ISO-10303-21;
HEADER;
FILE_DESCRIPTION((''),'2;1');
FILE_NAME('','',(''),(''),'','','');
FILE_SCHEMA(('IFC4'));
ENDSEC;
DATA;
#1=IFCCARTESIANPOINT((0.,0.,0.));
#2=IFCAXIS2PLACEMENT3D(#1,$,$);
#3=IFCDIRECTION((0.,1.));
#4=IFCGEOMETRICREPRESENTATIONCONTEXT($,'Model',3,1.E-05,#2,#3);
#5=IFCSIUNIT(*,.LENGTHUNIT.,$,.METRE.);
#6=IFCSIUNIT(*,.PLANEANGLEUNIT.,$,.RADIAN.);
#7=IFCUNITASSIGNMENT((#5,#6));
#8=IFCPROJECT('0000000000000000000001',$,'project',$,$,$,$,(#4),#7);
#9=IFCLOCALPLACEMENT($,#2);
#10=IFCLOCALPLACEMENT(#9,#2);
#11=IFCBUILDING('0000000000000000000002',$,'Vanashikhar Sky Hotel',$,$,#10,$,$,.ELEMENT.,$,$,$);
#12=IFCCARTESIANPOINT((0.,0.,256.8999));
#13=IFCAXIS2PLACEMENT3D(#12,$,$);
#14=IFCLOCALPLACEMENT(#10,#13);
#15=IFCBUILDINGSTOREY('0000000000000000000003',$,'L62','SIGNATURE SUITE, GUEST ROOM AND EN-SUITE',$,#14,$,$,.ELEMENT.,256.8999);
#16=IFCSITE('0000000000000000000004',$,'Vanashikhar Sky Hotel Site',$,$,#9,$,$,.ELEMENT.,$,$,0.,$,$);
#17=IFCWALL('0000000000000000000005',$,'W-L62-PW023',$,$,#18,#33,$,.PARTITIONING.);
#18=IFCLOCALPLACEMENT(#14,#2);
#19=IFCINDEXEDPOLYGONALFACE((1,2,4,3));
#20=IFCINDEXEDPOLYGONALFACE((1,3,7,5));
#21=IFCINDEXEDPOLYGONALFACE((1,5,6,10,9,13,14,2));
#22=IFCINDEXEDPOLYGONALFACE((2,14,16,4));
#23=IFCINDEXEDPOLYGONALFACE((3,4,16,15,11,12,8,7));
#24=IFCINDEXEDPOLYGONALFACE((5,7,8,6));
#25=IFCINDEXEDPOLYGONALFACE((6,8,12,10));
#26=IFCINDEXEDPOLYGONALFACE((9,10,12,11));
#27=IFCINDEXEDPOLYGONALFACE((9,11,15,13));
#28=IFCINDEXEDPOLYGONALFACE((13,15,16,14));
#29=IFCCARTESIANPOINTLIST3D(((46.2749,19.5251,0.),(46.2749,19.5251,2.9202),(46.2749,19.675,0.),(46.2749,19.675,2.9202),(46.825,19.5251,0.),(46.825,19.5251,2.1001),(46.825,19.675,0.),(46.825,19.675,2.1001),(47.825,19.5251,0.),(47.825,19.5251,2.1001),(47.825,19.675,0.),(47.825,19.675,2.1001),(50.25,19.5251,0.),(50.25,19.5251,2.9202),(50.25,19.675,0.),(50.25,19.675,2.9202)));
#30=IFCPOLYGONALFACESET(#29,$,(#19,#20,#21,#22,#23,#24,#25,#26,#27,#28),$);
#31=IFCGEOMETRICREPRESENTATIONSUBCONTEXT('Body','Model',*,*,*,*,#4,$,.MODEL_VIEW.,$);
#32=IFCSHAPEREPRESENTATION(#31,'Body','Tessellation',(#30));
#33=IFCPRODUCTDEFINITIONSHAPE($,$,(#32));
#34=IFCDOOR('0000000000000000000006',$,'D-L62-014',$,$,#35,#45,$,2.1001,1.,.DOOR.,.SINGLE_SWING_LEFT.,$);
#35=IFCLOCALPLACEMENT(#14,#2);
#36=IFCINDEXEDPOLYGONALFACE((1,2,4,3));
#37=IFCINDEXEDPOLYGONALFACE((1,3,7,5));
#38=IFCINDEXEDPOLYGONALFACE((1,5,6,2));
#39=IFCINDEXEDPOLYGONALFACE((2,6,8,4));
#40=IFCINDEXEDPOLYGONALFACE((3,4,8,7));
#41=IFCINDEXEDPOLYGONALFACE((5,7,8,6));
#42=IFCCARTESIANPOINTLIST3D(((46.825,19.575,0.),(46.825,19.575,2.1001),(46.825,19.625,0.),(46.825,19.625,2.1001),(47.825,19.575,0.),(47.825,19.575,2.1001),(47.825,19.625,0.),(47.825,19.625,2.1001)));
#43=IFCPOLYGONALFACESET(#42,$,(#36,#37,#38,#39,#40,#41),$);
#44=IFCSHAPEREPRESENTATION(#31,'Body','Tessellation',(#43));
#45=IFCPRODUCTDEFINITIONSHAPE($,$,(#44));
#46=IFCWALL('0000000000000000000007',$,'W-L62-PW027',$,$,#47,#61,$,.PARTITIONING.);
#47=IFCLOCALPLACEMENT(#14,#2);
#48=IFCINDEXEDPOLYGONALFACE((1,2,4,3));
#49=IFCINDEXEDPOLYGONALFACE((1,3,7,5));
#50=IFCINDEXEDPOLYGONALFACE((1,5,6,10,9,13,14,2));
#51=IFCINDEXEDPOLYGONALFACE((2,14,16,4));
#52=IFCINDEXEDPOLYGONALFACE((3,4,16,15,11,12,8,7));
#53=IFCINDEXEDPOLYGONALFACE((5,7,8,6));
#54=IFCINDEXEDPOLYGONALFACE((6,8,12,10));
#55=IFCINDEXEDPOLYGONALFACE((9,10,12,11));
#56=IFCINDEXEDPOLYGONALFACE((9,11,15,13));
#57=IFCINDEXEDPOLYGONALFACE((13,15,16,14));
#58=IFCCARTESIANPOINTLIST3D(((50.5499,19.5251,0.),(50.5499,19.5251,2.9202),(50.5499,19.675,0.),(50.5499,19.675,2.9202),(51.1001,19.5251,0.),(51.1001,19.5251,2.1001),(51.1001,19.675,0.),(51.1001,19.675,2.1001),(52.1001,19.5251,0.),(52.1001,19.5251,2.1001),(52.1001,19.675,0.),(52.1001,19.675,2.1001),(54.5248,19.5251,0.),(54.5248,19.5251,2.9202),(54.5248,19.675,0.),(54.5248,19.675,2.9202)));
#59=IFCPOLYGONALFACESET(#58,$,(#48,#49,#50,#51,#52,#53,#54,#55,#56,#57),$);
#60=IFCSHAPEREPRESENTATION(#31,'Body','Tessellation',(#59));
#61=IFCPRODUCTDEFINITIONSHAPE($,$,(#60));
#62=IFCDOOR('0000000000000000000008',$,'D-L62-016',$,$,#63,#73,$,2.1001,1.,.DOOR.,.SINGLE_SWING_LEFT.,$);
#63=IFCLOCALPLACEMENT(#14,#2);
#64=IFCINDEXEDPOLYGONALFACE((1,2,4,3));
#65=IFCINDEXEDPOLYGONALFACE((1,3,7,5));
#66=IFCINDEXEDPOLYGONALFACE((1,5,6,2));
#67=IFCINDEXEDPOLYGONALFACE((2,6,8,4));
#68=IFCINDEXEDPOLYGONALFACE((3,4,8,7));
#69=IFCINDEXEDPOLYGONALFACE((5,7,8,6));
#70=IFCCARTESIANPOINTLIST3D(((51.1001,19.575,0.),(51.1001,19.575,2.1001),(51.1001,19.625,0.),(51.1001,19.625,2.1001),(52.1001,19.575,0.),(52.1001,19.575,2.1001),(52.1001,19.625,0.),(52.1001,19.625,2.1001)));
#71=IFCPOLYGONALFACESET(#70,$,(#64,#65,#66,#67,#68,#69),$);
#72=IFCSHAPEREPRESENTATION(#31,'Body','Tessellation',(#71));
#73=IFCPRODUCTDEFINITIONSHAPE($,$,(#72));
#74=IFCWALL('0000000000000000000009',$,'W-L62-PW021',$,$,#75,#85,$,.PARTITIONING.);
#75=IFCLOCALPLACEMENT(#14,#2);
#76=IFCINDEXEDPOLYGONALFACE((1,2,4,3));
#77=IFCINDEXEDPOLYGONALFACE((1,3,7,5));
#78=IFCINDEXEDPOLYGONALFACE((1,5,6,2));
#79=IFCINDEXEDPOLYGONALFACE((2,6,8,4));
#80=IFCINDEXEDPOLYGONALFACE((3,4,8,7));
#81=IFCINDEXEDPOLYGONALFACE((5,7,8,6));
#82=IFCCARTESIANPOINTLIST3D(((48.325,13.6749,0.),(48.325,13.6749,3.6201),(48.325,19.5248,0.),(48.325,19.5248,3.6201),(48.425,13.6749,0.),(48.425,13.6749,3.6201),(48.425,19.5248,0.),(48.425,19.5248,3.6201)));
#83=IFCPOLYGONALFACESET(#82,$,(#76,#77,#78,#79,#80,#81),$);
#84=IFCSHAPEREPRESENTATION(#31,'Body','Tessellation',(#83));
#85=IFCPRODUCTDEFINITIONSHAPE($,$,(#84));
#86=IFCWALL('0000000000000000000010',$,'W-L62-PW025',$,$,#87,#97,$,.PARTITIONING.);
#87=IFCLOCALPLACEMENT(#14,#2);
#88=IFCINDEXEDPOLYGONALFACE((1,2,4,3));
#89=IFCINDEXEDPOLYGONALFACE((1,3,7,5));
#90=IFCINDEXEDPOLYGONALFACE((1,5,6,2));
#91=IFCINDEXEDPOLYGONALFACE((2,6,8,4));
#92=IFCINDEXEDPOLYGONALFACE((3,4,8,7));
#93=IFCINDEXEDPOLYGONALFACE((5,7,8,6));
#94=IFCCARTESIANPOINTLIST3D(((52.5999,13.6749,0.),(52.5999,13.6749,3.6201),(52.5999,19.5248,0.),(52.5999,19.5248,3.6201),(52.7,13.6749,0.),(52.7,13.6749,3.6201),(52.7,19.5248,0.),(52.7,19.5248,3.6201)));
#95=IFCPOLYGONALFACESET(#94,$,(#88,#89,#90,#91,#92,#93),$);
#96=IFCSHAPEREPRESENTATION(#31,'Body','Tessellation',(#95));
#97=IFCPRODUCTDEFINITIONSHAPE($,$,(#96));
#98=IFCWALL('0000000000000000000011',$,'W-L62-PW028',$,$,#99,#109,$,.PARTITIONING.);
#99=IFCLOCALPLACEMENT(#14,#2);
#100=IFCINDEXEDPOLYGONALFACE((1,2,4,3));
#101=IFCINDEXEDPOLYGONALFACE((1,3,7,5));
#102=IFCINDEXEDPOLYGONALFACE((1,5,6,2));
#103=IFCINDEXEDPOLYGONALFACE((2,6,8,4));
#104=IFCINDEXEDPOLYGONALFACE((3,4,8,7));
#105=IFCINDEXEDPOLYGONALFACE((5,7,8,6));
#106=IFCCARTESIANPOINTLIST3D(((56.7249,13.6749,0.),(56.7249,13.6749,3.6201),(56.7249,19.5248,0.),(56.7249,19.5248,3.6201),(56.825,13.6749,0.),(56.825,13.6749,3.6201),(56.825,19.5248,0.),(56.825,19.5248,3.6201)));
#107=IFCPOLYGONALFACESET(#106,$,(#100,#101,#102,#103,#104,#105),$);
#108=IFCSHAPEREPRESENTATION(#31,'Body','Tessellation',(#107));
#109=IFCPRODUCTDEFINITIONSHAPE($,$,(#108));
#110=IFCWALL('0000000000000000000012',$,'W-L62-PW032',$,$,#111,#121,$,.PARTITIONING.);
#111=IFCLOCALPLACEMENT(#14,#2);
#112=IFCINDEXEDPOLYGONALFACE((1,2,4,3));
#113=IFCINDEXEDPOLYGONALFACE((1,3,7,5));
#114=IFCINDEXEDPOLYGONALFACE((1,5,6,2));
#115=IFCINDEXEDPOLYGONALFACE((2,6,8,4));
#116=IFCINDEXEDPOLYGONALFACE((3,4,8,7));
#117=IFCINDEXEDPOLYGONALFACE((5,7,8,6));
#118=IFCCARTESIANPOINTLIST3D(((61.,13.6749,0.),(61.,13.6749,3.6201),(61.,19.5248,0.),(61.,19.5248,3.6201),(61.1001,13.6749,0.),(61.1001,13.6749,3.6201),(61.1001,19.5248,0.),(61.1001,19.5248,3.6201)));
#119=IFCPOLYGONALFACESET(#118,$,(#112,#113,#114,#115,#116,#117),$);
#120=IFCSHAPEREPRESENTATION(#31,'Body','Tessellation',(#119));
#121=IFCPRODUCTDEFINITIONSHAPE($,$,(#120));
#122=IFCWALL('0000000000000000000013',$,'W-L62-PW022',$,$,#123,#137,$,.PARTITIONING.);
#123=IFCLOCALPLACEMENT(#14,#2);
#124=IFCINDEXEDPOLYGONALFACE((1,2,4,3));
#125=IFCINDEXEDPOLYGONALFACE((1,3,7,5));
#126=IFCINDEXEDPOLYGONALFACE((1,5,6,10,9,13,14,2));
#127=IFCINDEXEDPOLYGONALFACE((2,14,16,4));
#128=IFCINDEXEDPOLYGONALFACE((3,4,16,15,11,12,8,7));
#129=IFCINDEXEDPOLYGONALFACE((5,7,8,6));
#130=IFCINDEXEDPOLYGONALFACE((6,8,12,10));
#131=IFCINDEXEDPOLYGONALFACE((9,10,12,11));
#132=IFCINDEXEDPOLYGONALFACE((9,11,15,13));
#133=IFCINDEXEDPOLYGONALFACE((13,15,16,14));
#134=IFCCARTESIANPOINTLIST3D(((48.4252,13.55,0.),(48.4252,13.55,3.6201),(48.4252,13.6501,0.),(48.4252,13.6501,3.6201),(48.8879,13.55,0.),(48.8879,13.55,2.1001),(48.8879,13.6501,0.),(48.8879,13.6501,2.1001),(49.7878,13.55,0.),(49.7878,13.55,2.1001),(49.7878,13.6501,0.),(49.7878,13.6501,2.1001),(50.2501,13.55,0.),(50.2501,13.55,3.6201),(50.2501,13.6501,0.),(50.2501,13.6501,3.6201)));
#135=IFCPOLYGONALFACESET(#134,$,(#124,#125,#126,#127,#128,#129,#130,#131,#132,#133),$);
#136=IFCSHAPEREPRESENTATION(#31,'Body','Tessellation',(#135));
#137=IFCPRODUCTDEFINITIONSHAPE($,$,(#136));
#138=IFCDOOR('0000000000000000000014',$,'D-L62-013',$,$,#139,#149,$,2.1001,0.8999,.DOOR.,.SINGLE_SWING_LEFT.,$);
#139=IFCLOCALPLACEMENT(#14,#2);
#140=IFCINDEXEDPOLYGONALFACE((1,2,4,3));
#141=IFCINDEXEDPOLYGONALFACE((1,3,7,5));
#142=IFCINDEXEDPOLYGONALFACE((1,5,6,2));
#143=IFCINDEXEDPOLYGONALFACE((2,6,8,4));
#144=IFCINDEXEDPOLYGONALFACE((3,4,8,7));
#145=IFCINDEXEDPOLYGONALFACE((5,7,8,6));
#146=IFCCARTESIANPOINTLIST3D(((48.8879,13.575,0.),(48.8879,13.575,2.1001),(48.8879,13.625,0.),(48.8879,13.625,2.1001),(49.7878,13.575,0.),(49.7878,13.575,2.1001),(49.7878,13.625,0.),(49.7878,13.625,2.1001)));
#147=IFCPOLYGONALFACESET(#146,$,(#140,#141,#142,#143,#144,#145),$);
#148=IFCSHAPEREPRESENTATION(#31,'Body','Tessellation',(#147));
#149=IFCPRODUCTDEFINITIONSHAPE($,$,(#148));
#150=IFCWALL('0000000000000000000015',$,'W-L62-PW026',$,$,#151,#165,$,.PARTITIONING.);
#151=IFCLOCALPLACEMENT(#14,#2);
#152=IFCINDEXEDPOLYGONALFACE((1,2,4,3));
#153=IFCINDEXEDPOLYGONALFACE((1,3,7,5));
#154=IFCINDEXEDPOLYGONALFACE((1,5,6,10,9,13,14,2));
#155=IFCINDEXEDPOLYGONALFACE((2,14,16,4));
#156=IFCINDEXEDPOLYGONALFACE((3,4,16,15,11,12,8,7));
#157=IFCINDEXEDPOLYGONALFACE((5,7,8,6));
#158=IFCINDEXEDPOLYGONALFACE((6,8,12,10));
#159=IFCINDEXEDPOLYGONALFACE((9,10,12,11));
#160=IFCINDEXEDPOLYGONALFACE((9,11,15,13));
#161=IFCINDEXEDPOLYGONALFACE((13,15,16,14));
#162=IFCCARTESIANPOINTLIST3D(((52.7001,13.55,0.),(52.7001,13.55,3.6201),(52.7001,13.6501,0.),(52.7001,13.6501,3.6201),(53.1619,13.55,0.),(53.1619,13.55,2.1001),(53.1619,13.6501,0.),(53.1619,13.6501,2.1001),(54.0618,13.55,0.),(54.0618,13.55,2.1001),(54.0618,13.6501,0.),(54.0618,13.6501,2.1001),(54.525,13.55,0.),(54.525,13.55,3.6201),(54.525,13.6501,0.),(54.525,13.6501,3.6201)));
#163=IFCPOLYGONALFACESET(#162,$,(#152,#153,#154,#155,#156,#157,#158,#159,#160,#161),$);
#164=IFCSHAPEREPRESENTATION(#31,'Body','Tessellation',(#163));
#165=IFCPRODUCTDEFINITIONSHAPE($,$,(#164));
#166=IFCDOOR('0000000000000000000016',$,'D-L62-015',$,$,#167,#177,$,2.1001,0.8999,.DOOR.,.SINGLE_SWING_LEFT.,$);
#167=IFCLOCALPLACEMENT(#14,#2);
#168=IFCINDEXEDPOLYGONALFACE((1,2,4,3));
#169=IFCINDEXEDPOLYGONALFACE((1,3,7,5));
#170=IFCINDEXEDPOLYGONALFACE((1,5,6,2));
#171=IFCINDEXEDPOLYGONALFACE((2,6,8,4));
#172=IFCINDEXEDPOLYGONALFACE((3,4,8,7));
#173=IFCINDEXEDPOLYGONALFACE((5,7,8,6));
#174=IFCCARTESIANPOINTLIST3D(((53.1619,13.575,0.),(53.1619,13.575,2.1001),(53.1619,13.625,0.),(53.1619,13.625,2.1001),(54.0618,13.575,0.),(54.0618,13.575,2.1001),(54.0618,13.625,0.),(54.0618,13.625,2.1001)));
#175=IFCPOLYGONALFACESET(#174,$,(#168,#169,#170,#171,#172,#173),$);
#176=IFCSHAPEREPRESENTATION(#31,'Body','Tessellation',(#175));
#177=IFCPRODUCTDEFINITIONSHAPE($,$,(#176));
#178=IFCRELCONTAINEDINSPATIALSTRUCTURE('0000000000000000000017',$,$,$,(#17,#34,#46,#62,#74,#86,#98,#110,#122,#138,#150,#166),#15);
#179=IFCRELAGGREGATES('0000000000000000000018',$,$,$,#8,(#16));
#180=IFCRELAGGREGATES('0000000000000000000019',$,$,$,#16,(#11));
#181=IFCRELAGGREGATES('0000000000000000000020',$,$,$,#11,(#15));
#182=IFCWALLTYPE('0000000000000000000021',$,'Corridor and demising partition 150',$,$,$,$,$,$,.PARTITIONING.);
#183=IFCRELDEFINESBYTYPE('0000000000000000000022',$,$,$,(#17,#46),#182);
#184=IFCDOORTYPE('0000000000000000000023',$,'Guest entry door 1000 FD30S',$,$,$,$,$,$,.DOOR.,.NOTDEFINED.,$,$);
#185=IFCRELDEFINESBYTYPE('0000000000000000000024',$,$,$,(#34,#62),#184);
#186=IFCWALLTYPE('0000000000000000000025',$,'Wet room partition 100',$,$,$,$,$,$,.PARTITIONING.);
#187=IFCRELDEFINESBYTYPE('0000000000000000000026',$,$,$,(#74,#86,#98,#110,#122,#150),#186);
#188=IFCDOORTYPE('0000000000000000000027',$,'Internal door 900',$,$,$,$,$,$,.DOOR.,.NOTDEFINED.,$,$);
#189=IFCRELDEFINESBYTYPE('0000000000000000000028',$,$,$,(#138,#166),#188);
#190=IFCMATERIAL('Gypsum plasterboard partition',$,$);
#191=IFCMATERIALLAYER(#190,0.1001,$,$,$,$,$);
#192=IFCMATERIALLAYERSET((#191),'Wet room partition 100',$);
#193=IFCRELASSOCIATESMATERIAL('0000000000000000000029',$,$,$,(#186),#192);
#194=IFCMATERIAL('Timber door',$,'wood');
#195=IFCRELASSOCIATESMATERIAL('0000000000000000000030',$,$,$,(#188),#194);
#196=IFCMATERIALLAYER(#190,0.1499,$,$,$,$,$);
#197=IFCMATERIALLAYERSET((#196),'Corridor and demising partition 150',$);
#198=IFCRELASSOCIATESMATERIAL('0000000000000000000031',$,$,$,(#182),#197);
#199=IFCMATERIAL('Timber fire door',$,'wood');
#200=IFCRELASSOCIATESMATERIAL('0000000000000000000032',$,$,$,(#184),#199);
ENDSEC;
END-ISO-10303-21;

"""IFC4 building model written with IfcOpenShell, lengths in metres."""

from ifc_helpers import new_model, si_unit, direction, frame, frame_2d, origin, place, context, subcontext, project, spatial, rectangle, extrude, source, transform, mapped, material, layer, layer_set, type_object, element, fill, save


model = new_model("IFC4")

# Units and contexts
model_context = context("Model", 3, precision=1e-05, world=origin(), true_north=direction((0.0, 1.0)))
body_context = subcontext(model_context, "Body", "Model", "MODEL_VIEW")
ifc_project = project(units=[si_unit("LENGTHUNIT", "METRE"), si_unit("PLANEANGLEUNIT", "RADIAN")], contexts=[model_context])

# Site, building, storey
site_placement = place(None, origin())
site = spatial("IfcSite", under=ifc_project, at=site_placement, Name="Vanashikhar Sky Hotel Site", CompositionType="ELEMENT", RefElevation=0.0)
building_placement = place(site_placement, origin())
building = spatial("IfcBuilding", under=site, at=building_placement, Name="Vanashikhar Sky Hotel", CompositionType="ELEMENT")
storey_placement = place(building_placement, frame((0.0, 0.0, 256.8999)))
storey = spatial("IfcBuildingStorey", under=building, at=storey_placement, Name="L62", Description="SIGNATURE SUITE, GUEST ROOM AND EN-SUITE", CompositionType="ELEMENT", Elevation=256.8999)

# Walls, openings, doors
ifc_material_1 = material(Name="Gypsum plasterboard partition")
ifc_layer_1 = layer(ifc_material_1, 0.1001)
ifc_layer_set_1 = layer_set([ifc_layer_1], Name="Wet room partition 100")
wall_type_1 = type_object("IfcWallType", Name="Wet room partition 100", PredefinedType="PARTITIONING", material=ifc_layer_set_1)
shared_shape_1 = source(origin(), body_context, "Body", "SweptSolid", [
    extrude(rectangle(XDim=0.8999, YDim=2.1001, at=frame_2d((0.45, 1.05))), frame((0.0, 0.0601, 0.0), z_axis=(0.0, -1.0, 0.0), x_axis=(1.0, 0.0, 0.0)), (0.0, 0.0, 1.0), 0.1201),
])
ifc_material_2 = material(Name="Timber door", Category="wood")
door_type_1 = type_object("IfcDoorType", Name="Internal door 900", OperationType="NOTDEFINED", PredefinedType="DOOR", material=ifc_material_2)
shared_shape_2 = source(origin(), body_context, "Body", "SweptSolid", [
    extrude(rectangle(XDim=0.8999, YDim=2.1001, at=frame_2d((0.45, 1.05))), frame((0.0, 0.0249, 0.0), z_axis=(0.0, -1.0, 0.0), x_axis=(1.0, 0.0, 0.0)), (0.0, 0.0, 1.0), 0.05),
])
ifc_layer_2 = layer(ifc_material_1, 0.1499)
ifc_layer_set_2 = layer_set([ifc_layer_2], Name="Corridor and demising partition 150")
wall_type_2 = type_object("IfcWallType", Name="Corridor and demising partition 150", PredefinedType="PARTITIONING", material=ifc_layer_set_2)
shared_shape_3 = source(origin(), body_context, "Body", "SweptSolid", [
    extrude(rectangle(XDim=3.9751, YDim=0.1499, at=frame_2d((1.9875, 0.0))), origin(), (0.0, 0.0, 1.0), 2.9202),
])
wall_1_placement = place(storey_placement, frame((46.2749, 19.6001, 0.0), z_axis=(0.0, 0.0, 1.0), x_axis=(1.0, 0.0, 0.0)))
wall_1 = element("IfcWall", 1, at=wall_1_placement, inside=storey, type_object=wall_type_2, Name="W-L62-PW023", PredefinedType="PARTITIONING", context=body_context, shape_type="MappedRepresentation", body=[
    mapped(shared_shape_3, transform((0.0, 0.0, 0.0), scale=1.0)),
])
shared_shape_4 = source(origin(), body_context, "Body", "SweptSolid", [
    extrude(rectangle(XDim=1.0, YDim=2.1001, at=frame_2d((0.5, 1.05))), frame((0.0, 0.085, 0.0), z_axis=(0.0, -1.0, 0.0), x_axis=(1.0, 0.0, 0.0)), (0.0, 0.0, 1.0), 0.1699),
])
opening_1_placement = place(wall_1_placement, frame((0.55, 0.0, 0.0)))
opening_1 = element("IfcOpeningElement", 2, at=opening_1_placement, cuts=wall_1, PredefinedType="OPENING", context=body_context, shape_type="MappedRepresentation", body=[
    mapped(shared_shape_4, transform((0.0, 0.0, 0.0), scale=1.0)),
])
ifc_material_3 = material(Name="Timber fire door", Category="wood")
door_type_2 = type_object("IfcDoorType", Name="Guest entry door 1000 FD30S", OperationType="NOTDEFINED", PredefinedType="DOOR", material=ifc_material_3)
shared_shape_5 = source(origin(), body_context, "Body", "SweptSolid", [
    extrude(rectangle(XDim=1.0, YDim=2.1001, at=frame_2d((0.5, 1.05))), frame((0.0, 0.0249, 0.0), z_axis=(0.0, -1.0, 0.0), x_axis=(1.0, 0.0, 0.0)), (0.0, 0.0, 1.0), 0.05),
])
door_1_placement = place(opening_1_placement, origin())
door_1 = element("IfcDoor", 3, at=door_1_placement, inside=storey, type_object=door_type_2, Name="D-L62-014", OperationType="SINGLE_SWING_LEFT", OverallHeight=2.1001, OverallWidth=1.0, PredefinedType="DOOR", context=body_context, shape_type="MappedRepresentation", body=[
    mapped(shared_shape_5, transform((0.0, 0.0, 0.0), scale=1.0)),
])
fill(opening_1, door_1)
shared_shape_6 = source(origin(), body_context, "Body", "SweptSolid", [
    extrude(rectangle(XDim=3.9749, YDim=0.1499, at=frame_2d((1.9873, 0.0))), origin(), (0.0, 0.0, 1.0), 2.9202),
])
wall_2_placement = place(storey_placement, frame((50.55, 19.6001, 0.0), z_axis=(0.0, 0.0, 1.0), x_axis=(1.0, 0.0, 0.0)))
wall_2 = element("IfcWall", 4, at=wall_2_placement, inside=storey, type_object=wall_type_2, Name="W-L62-PW027", PredefinedType="PARTITIONING", context=body_context, shape_type="MappedRepresentation", body=[
    mapped(shared_shape_6, transform((0.0, 0.0, 0.0), scale=1.0)),
])
opening_2_placement = place(wall_2_placement, frame((0.55, 0.0, 0.0)))
opening_2 = element("IfcOpeningElement", 5, at=opening_2_placement, cuts=wall_2, PredefinedType="OPENING", context=body_context, shape_type="MappedRepresentation", body=[
    mapped(shared_shape_4, transform((0.0, 0.0, 0.0), scale=1.0)),
])
door_2_placement = place(opening_2_placement, origin())
door_2 = element("IfcDoor", 6, at=door_2_placement, inside=storey, type_object=door_type_2, Name="D-L62-016", OperationType="SINGLE_SWING_LEFT", OverallHeight=2.1001, OverallWidth=1.0, PredefinedType="DOOR", context=body_context, shape_type="MappedRepresentation", body=[
    mapped(shared_shape_5, transform((0.0, 0.0, 0.0), scale=1.0)),
])
fill(opening_2, door_2)

# Walls
shared_shape_7 = source(origin(), body_context, "Body", "SweptSolid", [
    extrude(rectangle(XDim=5.8499, YDim=0.1001, at=frame_2d((2.9248, 0.0))), origin(), (0.0, 0.0, 1.0), 3.6201),
])
for number, where, z_axis, x_axis, name in (
    (7, (48.375, 13.675, 0.0), (0.0, 0.0, 1.0), (0.0, 1.0, 0.0), "W-L62-PW021"),
    (8, (52.6499, 13.675, 0.0), (0.0, 0.0, 1.0), (0.0, 1.0, 0.0), "W-L62-PW025"),
    (9, (56.7749, 13.675, 0.0), (0.0, 0.0, 1.0), (0.0, 1.0, 0.0), "W-L62-PW028"),
    (10, (61.05, 13.675, 0.0), (0.0, 0.0, 1.0), (0.0, 1.0, 0.0), "W-L62-PW032"),
):
    element("IfcWall", number, at=place(storey_placement, frame(where, z_axis=z_axis, x_axis=x_axis)), inside=storey, type_object=wall_type_1, Name=name, PredefinedType="PARTITIONING", context=body_context, shape_type="MappedRepresentation", body=[
        mapped(shared_shape_7, transform((0.0, 0.0, 0.0), scale=1.0)),
    ])

# Walls, openings, doors
shared_shape_8 = source(origin(), body_context, "Body", "SweptSolid", [
    extrude(rectangle(XDim=1.825, YDim=0.1001, at=frame_2d((0.9126, 0.0))), origin(), (0.0, 0.0, 1.0), 3.6201),
])
wall_3_placement = place(storey_placement, frame((48.425, 13.6001, 0.0), z_axis=(0.0, 0.0, 1.0), x_axis=(1.0, 0.0, 0.0)))
wall_3 = element("IfcWall", 11, at=wall_3_placement, inside=storey, type_object=wall_type_1, Name="W-L62-PW022", PredefinedType="PARTITIONING", context=body_context, shape_type="MappedRepresentation", body=[
    mapped(shared_shape_8, transform((0.0, 0.0, 0.0), scale=1.0)),
])
opening_3_placement = place(wall_3_placement, frame((0.4629, 0.0, 0.0)))
opening_3 = element("IfcOpeningElement", 12, at=opening_3_placement, cuts=wall_3, PredefinedType="OPENING", context=body_context, shape_type="MappedRepresentation", body=[
    mapped(shared_shape_1, transform((0.0, 0.0, 0.0), scale=1.0)),
])
door_3_placement = place(opening_3_placement, origin())
door_3 = element("IfcDoor", 13, at=door_3_placement, inside=storey, type_object=door_type_1, Name="D-L62-013", OperationType="SINGLE_SWING_LEFT", OverallHeight=2.1001, OverallWidth=0.8999, PredefinedType="DOOR", context=body_context, shape_type="MappedRepresentation", body=[
    mapped(shared_shape_2, transform((0.0, 0.0, 0.0), scale=1.0)),
])
fill(opening_3, door_3)
wall_4_placement = place(storey_placement, frame((52.7, 13.6001, 0.0), z_axis=(0.0, 0.0, 1.0), x_axis=(1.0, 0.0, 0.0)))
wall_4 = element("IfcWall", 14, at=wall_4_placement, inside=storey, type_object=wall_type_1, Name="W-L62-PW026", PredefinedType="PARTITIONING", context=body_context, shape_type="MappedRepresentation", body=[
    mapped(shared_shape_8, transform((0.0, 0.0, 0.0), scale=1.0)),
])
opening_4_placement = place(wall_4_placement, frame((0.4619, 0.0, 0.0)))
opening_4 = element("IfcOpeningElement", 15, at=opening_4_placement, cuts=wall_4, PredefinedType="OPENING", context=body_context, shape_type="MappedRepresentation", body=[
    mapped(shared_shape_1, transform((0.0, 0.0, 0.0), scale=1.0)),
])
door_4_placement = place(opening_4_placement, origin())
door_4 = element("IfcDoor", 16, at=door_4_placement, inside=storey, type_object=door_type_1, Name="D-L62-015", OperationType="SINGLE_SWING_LEFT", OverallHeight=2.1001, OverallWidth=0.8999, PredefinedType="DOOR", context=body_context, shape_type="MappedRepresentation", body=[
    mapped(shared_shape_2, transform((0.0, 0.0, 0.0), scale=1.0)),
])
fill(opening_4, door_4)

save(model, "model.ifc")
